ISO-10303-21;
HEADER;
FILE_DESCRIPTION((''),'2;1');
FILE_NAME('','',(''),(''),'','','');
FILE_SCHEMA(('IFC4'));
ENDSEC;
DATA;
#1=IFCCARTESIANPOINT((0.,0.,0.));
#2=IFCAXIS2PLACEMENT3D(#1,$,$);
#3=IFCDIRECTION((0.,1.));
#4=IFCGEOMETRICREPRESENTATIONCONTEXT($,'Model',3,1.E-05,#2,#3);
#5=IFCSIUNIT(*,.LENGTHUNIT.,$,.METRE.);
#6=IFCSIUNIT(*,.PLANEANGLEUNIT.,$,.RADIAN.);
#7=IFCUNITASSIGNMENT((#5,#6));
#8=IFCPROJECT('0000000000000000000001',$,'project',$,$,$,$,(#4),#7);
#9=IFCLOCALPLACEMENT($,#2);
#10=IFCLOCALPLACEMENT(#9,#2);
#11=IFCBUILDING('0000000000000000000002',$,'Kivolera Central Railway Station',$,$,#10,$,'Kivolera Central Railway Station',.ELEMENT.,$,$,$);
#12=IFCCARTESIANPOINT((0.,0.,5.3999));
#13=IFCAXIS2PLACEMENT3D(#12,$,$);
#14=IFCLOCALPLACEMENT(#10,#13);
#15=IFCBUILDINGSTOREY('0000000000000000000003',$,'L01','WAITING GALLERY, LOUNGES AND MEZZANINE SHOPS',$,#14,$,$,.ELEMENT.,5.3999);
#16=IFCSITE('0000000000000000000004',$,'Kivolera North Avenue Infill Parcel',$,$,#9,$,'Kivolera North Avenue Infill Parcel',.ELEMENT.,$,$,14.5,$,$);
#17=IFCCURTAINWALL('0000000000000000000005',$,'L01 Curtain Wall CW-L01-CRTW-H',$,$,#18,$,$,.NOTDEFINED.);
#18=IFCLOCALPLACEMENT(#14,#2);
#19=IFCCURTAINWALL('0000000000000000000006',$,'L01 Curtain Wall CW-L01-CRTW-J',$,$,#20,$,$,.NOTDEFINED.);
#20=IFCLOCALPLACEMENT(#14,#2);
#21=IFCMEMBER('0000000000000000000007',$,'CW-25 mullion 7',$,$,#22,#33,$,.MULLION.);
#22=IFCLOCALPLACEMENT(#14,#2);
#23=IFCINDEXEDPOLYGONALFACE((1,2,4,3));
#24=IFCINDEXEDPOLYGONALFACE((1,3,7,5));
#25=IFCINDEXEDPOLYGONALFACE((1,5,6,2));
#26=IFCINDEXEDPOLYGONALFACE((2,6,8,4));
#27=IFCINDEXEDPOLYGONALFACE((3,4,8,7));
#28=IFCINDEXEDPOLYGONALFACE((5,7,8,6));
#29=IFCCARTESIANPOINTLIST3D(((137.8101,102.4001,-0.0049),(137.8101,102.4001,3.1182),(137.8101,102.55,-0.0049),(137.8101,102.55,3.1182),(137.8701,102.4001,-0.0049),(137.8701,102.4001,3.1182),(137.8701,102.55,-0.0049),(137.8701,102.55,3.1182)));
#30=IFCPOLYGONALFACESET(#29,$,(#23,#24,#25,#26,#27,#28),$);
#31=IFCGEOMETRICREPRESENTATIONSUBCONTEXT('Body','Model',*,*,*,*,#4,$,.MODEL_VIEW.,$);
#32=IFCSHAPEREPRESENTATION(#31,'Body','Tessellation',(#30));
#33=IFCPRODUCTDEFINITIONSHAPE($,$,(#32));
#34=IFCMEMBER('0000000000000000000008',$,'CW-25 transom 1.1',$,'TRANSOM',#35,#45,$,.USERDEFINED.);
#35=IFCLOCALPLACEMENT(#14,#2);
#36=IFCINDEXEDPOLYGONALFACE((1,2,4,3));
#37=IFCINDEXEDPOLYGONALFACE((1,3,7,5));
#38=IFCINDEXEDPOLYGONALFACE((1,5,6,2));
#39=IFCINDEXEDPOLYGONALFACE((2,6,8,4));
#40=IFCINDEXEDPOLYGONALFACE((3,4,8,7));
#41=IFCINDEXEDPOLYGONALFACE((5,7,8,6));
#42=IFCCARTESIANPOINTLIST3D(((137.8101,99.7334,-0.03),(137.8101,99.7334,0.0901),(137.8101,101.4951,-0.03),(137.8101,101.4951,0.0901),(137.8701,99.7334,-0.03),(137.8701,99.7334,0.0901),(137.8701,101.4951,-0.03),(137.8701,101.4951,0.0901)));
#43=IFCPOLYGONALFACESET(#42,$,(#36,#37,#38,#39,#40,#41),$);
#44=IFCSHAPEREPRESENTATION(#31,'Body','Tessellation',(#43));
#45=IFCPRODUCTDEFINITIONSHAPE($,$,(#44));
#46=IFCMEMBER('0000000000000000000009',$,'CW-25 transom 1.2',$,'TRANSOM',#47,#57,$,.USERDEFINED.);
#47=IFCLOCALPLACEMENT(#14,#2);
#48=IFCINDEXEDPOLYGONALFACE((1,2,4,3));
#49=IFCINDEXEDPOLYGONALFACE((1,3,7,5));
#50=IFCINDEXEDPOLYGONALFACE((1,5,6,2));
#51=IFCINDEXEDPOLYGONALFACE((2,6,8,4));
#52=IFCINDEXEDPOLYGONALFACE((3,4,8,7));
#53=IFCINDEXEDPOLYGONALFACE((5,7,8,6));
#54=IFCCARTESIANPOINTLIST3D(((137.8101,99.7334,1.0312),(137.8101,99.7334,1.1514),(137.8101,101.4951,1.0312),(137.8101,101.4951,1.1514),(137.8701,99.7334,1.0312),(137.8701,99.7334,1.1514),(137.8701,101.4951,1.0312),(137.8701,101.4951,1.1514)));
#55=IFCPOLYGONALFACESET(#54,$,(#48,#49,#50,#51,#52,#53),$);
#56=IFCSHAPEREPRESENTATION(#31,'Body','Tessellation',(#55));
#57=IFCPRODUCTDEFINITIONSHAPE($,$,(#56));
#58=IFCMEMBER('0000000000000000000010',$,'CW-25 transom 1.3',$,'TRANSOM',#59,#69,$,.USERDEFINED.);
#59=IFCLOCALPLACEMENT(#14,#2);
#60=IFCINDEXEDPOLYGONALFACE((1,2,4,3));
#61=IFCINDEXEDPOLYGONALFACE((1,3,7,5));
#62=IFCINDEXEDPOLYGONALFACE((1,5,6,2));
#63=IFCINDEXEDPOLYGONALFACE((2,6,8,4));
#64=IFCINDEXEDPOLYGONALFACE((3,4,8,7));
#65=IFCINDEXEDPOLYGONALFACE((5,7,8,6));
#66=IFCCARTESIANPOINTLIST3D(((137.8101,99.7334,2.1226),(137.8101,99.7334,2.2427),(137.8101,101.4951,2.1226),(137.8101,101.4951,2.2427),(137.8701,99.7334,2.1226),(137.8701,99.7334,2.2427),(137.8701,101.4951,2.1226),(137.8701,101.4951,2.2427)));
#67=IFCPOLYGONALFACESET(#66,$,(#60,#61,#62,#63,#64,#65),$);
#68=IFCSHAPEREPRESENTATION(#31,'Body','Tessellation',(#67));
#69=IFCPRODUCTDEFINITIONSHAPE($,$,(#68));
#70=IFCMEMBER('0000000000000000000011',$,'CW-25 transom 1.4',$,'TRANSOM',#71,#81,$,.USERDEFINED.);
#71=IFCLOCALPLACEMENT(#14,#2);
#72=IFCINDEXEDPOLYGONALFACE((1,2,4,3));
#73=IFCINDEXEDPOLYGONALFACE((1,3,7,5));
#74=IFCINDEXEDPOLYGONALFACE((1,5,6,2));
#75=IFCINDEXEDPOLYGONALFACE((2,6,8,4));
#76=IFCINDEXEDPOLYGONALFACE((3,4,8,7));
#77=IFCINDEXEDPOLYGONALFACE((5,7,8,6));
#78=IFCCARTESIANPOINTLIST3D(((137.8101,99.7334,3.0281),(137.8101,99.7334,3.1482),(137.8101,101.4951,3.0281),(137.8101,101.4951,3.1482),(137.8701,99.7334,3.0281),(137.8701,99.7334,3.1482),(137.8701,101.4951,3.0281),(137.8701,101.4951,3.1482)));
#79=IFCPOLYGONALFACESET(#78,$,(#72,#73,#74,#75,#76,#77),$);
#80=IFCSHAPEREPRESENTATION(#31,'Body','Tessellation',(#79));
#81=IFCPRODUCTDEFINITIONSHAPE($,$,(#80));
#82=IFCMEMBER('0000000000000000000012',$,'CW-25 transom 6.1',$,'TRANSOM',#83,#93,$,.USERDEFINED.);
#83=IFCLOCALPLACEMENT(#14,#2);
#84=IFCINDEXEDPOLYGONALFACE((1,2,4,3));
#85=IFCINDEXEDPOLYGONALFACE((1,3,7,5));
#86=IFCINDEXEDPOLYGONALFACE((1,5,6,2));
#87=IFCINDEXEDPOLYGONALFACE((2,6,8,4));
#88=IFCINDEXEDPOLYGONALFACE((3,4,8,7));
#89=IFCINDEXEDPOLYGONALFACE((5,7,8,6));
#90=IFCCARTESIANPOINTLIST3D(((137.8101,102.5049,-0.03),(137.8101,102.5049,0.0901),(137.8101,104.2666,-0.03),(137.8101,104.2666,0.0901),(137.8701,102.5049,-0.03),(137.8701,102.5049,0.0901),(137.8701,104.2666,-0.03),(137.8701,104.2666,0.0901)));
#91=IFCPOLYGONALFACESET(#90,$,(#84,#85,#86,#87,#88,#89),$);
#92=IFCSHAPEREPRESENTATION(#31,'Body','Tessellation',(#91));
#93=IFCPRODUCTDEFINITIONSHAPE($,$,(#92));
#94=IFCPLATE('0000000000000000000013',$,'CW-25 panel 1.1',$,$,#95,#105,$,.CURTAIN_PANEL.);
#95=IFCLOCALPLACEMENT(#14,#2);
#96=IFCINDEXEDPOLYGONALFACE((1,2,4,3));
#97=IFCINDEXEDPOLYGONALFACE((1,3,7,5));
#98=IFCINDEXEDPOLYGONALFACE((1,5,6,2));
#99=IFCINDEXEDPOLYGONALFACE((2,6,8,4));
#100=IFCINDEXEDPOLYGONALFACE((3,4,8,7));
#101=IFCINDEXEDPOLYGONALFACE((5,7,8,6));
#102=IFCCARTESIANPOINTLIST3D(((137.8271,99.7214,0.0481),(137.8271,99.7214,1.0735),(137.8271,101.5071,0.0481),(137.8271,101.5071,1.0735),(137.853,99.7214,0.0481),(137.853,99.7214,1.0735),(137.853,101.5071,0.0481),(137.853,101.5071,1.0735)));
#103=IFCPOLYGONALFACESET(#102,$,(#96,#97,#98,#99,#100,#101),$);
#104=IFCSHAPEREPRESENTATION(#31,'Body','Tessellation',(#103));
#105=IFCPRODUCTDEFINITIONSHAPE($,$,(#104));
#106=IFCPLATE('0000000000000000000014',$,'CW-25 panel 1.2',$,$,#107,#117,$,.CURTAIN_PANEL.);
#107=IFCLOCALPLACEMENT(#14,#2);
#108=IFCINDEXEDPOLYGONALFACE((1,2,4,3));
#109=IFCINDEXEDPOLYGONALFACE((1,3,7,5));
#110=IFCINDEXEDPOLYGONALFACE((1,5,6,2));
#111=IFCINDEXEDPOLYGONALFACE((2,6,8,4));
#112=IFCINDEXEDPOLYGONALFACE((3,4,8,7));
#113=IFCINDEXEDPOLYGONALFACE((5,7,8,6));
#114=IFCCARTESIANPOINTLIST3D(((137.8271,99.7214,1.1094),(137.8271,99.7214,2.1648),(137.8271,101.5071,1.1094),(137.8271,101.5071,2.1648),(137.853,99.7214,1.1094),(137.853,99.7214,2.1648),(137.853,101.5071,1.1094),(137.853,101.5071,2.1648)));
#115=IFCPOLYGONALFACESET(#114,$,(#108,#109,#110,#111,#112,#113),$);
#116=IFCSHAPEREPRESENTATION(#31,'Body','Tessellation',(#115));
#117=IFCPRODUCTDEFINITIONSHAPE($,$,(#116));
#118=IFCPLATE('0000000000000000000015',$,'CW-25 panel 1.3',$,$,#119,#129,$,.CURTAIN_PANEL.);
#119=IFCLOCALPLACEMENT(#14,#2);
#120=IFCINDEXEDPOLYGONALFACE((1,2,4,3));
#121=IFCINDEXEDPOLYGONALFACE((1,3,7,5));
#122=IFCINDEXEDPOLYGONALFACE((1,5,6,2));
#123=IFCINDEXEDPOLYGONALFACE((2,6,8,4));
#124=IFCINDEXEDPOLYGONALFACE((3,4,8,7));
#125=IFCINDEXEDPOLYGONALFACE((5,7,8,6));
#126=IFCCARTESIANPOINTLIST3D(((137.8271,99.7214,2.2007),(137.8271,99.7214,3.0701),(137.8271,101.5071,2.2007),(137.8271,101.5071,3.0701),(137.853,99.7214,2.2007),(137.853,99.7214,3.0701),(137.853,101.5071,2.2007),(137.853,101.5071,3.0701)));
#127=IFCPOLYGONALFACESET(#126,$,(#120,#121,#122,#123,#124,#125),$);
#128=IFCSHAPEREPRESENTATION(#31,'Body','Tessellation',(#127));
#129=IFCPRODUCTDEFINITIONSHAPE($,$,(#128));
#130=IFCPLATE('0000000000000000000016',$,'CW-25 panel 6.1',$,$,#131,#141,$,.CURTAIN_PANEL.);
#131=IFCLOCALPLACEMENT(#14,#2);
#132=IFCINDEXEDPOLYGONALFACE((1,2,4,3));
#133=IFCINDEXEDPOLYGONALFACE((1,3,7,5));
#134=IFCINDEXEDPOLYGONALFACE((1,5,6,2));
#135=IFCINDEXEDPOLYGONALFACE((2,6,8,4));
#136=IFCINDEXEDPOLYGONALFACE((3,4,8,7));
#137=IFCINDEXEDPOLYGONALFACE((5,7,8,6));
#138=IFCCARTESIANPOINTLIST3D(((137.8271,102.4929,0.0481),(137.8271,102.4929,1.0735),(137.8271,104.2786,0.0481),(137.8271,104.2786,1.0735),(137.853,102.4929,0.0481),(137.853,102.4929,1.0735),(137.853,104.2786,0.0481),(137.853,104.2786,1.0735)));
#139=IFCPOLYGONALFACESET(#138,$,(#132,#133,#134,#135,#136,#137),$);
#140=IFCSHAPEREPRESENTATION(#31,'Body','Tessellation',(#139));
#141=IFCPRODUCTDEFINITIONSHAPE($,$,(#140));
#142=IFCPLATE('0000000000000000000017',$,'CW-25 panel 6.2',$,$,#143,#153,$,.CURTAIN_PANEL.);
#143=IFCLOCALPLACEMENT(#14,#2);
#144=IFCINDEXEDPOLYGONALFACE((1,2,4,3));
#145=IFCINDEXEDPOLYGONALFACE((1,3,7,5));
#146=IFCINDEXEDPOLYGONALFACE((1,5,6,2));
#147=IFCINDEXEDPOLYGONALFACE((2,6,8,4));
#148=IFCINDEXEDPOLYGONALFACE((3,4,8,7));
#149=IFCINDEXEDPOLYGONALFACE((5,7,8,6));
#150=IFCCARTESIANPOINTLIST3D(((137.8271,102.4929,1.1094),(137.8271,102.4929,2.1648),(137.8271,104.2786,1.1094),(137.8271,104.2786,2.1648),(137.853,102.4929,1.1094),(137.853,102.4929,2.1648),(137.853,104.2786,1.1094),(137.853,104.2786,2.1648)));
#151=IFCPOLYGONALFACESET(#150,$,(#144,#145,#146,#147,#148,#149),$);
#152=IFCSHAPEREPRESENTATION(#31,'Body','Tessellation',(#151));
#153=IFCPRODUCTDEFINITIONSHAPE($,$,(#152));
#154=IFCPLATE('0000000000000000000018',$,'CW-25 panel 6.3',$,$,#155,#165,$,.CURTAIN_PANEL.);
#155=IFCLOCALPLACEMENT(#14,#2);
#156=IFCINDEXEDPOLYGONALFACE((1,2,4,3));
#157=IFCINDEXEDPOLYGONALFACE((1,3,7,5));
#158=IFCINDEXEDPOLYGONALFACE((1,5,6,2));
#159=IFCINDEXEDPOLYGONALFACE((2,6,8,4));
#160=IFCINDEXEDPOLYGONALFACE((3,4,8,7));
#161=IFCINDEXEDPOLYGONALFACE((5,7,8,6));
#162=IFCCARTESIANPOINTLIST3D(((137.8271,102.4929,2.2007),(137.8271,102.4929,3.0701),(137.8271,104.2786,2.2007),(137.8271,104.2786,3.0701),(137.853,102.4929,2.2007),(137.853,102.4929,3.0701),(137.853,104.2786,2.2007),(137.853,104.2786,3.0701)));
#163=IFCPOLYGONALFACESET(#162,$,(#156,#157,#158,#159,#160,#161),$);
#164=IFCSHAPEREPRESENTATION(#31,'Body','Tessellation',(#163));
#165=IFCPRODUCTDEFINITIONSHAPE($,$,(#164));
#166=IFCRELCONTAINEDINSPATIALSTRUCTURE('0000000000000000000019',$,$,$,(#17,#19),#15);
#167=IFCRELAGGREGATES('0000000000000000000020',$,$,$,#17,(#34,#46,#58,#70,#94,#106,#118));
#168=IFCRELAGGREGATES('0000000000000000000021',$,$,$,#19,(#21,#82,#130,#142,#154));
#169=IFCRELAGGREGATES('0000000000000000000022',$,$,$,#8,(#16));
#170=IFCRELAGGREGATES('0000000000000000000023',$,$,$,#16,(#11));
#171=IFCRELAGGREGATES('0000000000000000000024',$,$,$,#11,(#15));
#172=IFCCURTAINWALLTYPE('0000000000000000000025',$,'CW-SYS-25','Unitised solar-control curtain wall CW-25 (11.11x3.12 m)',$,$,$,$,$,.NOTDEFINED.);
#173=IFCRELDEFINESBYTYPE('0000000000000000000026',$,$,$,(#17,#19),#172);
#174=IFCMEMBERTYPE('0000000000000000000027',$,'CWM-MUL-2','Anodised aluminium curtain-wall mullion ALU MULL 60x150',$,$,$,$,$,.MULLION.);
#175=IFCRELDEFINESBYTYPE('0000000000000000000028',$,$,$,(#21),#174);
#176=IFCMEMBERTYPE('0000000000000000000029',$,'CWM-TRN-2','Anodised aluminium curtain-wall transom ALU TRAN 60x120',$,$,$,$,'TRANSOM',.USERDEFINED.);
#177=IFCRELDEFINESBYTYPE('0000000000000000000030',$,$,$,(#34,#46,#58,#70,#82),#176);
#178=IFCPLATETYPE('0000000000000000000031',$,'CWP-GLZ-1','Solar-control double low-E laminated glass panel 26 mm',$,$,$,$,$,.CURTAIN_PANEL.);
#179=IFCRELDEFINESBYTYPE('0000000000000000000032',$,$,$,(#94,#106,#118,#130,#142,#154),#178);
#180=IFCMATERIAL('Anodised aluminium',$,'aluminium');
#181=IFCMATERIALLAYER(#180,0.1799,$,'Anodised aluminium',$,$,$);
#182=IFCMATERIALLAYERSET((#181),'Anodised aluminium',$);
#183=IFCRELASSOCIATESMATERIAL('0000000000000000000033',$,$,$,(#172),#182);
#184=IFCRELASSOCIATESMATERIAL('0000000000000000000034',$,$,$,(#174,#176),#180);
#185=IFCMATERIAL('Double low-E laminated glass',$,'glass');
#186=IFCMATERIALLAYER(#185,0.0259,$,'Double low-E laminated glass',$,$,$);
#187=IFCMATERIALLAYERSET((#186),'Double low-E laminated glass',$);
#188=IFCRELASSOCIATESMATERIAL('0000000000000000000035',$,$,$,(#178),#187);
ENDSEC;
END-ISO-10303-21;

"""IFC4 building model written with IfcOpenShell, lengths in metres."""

from ifc_helpers import new_model, si_unit, direction, frame, origin, origin_2d, place, context, subcontext, project, spatial, rectangle, extrude, material, layer, layer_set, material_profile, profile_set, type_object, element, aggregate, save


model = new_model("IFC4")

# Units and contexts
model_context = context("Model", 3, precision=1e-05, world=origin(), true_north=direction((0.0, 1.0)))
body_context = subcontext(model_context, "Body", "Model", "MODEL_VIEW")
ifc_project = project(units=[si_unit("LENGTHUNIT", "METRE"), si_unit("PLANEANGLEUNIT", "RADIAN")], contexts=[model_context])

# Site, building, storey
site_placement = place(None, origin())
site = spatial("IfcSite", under=ifc_project, at=site_placement, Name="Kivolera North Avenue Infill Parcel", LongName="Kivolera North Avenue Infill Parcel", CompositionType="ELEMENT", RefElevation=14.5)
building_placement = place(site_placement, origin())
building = spatial("IfcBuilding", under=site, at=building_placement, Name="Kivolera Central Railway Station", LongName="Kivolera Central Railway Station", CompositionType="ELEMENT")
storey_placement = place(building_placement, frame((0.0, 0.0, 5.3999)))
storey = spatial("IfcBuildingStorey", under=building, at=storey_placement, Name="L01", Description="WAITING GALLERY, LOUNGES AND MEZZANINE SHOPS", CompositionType="ELEMENT", Elevation=5.3999)

# Curtain walls, member
ifc_material_1 = material(Name="Anodised aluminium", Category="aluminium")
ifc_layer_1 = layer(ifc_material_1, 0.1799, Name="Anodised aluminium")
ifc_layer_set_1 = layer_set([ifc_layer_1], Name="Anodised aluminium")
curtain_wall_type = type_object("IfcCurtainWallType", Name="CW-SYS-25", Description="Unitised solar-control curtain wall CW-25 (11.11x3.12 m)", PredefinedType="NOTDEFINED", material=ifc_layer_set_1)
curtain_wall_1_placement = place(storey_placement, origin())
curtain_wall_1 = element("IfcCurtainWall", 1, at=curtain_wall_1_placement, inside=storey, type_object=curtain_wall_type, Name="L01 Curtain Wall CW-L01-CRTW-H", PredefinedType="NOTDEFINED")
ifc_material_profile_1 = material_profile(ifc_material_1, rectangle(XDim=0.0601, YDim=0.1499, at=origin_2d()), Name="ALU MULL 60x150")
ifc_profile_set_1 = profile_set([ifc_material_profile_1], Name="Anodised aluminium")
member_type_1 = type_object("IfcMemberType", Name="CWM-MUL-2", Description="Anodised aluminium curtain-wall mullion ALU MULL 60x150", PredefinedType="MULLION", material=ifc_profile_set_1)
curtain_wall_2_placement = place(storey_placement, origin())
curtain_wall_2 = element("IfcCurtainWall", 2, at=curtain_wall_2_placement, inside=storey, type_object=curtain_wall_type, Name="L01 Curtain Wall CW-L01-CRTW-J", PredefinedType="NOTDEFINED")
member_1_placement = place(storey_placement, frame((137.8401, 102.4751, -0.0049), z_axis=(0.0, 0.0, 1.0), x_axis=(1.0, 0.0, 0.0)))
member_1 = element("IfcMember", 3, at=member_1_placement, type_object=member_type_1, Name="CW-25 mullion 7", PredefinedType="MULLION", context=body_context, shape_type="SweptSolid", body=[
    extrude(rectangle(XDim=0.0601, YDim=0.1499, at=origin_2d()), origin(), (0.0, 0.0, 1.0), 3.123),
])

# Members
ifc_material_profile_2 = material_profile(ifc_material_1, rectangle(XDim=0.0601, YDim=0.1201, at=origin_2d()), Name="ALU TRAN 60x120")
ifc_profile_set_2 = profile_set([ifc_material_profile_2], Name="Anodised aluminium")
member_type_2 = type_object("IfcMemberType", Name="CWM-TRN-2", Description="Anodised aluminium curtain-wall transom ALU TRAN 60x120", ElementType="TRANSOM", PredefinedType="USERDEFINED", material=ifc_profile_set_2)
member_2_placement = place(storey_placement, frame((137.8401, 101.4951, 0.03), z_axis=(0.0, -1.0, 0.0), x_axis=(1.0, 0.0, 0.0)))
member_2 = element("IfcMember", 4, at=member_2_placement, type_object=member_type_2, Name="CW-25 transom 1.1", ObjectType="TRANSOM", PredefinedType="USERDEFINED", context=body_context, shape_type="SweptSolid", body=[
    extrude(rectangle(XDim=0.0601, YDim=0.1201, at=origin_2d()), origin(), (0.0, 0.0, 1.0), 1.7617),
])
member_3_placement = place(storey_placement, frame((137.8401, 101.4951, 1.0913), z_axis=(0.0, -1.0, 0.0), x_axis=(1.0, 0.0, 0.0)))
member_3 = element("IfcMember", 5, at=member_3_placement, type_object=member_type_2, Name="CW-25 transom 1.2", ObjectType="TRANSOM", PredefinedType="USERDEFINED", context=body_context, shape_type="SweptSolid", body=[
    extrude(rectangle(XDim=0.0601, YDim=0.1201, at=origin_2d()), origin(), (0.0, 0.0, 1.0), 1.7617),
])
member_4_placement = place(storey_placement, frame((137.8401, 101.4951, 2.1826), z_axis=(0.0, -1.0, 0.0), x_axis=(1.0, 0.0, 0.0)))
member_4 = element("IfcMember", 6, at=member_4_placement, type_object=member_type_2, Name="CW-25 transom 1.3", ObjectType="TRANSOM", PredefinedType="USERDEFINED", context=body_context, shape_type="SweptSolid", body=[
    extrude(rectangle(XDim=0.0601, YDim=0.1201, at=origin_2d()), origin(), (0.0, 0.0, 1.0), 1.7617),
])
member_5_placement = place(storey_placement, frame((137.8401, 101.4951, 3.0881), z_axis=(0.0, -1.0, 0.0), x_axis=(1.0, 0.0, 0.0)))
member_5 = element("IfcMember", 7, at=member_5_placement, type_object=member_type_2, Name="CW-25 transom 1.4", ObjectType="TRANSOM", PredefinedType="USERDEFINED", context=body_context, shape_type="SweptSolid", body=[
    extrude(rectangle(XDim=0.0601, YDim=0.1201, at=origin_2d()), origin(), (0.0, 0.0, 1.0), 1.7617),
])
member_6_placement = place(storey_placement, frame((137.8401, 104.2666, 0.03), z_axis=(0.0, -1.0, 0.0), x_axis=(1.0, 0.0, 0.0)))
member_6 = element("IfcMember", 8, at=member_6_placement, type_object=member_type_2, Name="CW-25 transom 6.1", ObjectType="TRANSOM", PredefinedType="USERDEFINED", context=body_context, shape_type="SweptSolid", body=[
    extrude(rectangle(XDim=0.0601, YDim=0.1201, at=origin_2d()), origin(), (0.0, 0.0, 1.0), 1.7617),
])

# Plates
ifc_material_2 = material(Name="Double low-E laminated glass", Category="glass")
ifc_layer_2 = layer(ifc_material_2, 0.0259, Name="Double low-E laminated glass")
ifc_layer_set_2 = layer_set([ifc_layer_2], Name="Double low-E laminated glass")
plate_type = type_object("IfcPlateType", Name="CWP-GLZ-1", Description="Solar-control double low-E laminated glass panel 26 mm", PredefinedType="CURTAIN_PANEL", material=ifc_layer_set_2)
plate_1_placement = place(storey_placement, frame((137.8401, 100.6143, 0.0481), z_axis=(0.0, 0.0, 1.0), x_axis=(0.0, -1.0, 0.0)))
plate_1 = element("IfcPlate", 9, at=plate_1_placement, type_object=plate_type, Name="CW-25 panel 1.1", PredefinedType="CURTAIN_PANEL", context=body_context, shape_type="SweptSolid", body=[
    extrude(rectangle(XDim=1.7856, YDim=0.0259, at=origin_2d()), origin(), (0.0, 0.0, 1.0), 1.0254),
])
plate_2_placement = place(storey_placement, frame((137.8401, 100.6143, 1.1094), z_axis=(0.0, 0.0, 1.0), x_axis=(0.0, -1.0, 0.0)))
plate_2 = element("IfcPlate", 10, at=plate_2_placement, type_object=plate_type, Name="CW-25 panel 1.2", PredefinedType="CURTAIN_PANEL", context=body_context, shape_type="SweptSolid", body=[
    extrude(rectangle(XDim=1.7856, YDim=0.0259, at=origin_2d()), origin(), (0.0, 0.0, 1.0), 1.0554),
])
plate_3_placement = place(storey_placement, frame((137.8401, 100.6143, 2.2007), z_axis=(0.0, 0.0, 1.0), x_axis=(0.0, -1.0, 0.0)))
plate_3 = element("IfcPlate", 11, at=plate_3_placement, type_object=plate_type, Name="CW-25 panel 1.3", PredefinedType="CURTAIN_PANEL", context=body_context, shape_type="SweptSolid", body=[
    extrude(rectangle(XDim=1.7856, YDim=0.0259, at=origin_2d()), origin(), (0.0, 0.0, 1.0), 0.8694),
])
aggregate(curtain_wall_1, [member_2, member_3, member_4, member_5, plate_1, plate_2, plate_3])
plate_4_placement = place(storey_placement, frame((137.8401, 103.3857, 0.0481), z_axis=(0.0, 0.0, 1.0), x_axis=(0.0, -1.0, 0.0)))
plate_4 = element("IfcPlate", 12, at=plate_4_placement, type_object=plate_type, Name="CW-25 panel 6.1", PredefinedType="CURTAIN_PANEL", context=body_context, shape_type="SweptSolid", body=[
    extrude(rectangle(XDim=1.7856, YDim=0.0259, at=origin_2d()), origin(), (0.0, 0.0, 1.0), 1.0254),
])
plate_5_placement = place(storey_placement, frame((137.8401, 103.3857, 1.1094), z_axis=(0.0, 0.0, 1.0), x_axis=(0.0, -1.0, 0.0)))
plate_5 = element("IfcPlate", 13, at=plate_5_placement, type_object=plate_type, Name="CW-25 panel 6.2", PredefinedType="CURTAIN_PANEL", context=body_context, shape_type="SweptSolid", body=[
    extrude(rectangle(XDim=1.7856, YDim=0.0259, at=origin_2d()), origin(), (0.0, 0.0, 1.0), 1.0554),
])
plate_6_placement = place(storey_placement, frame((137.8401, 103.3857, 2.2007), z_axis=(0.0, 0.0, 1.0), x_axis=(0.0, -1.0, 0.0)))
plate_6 = element("IfcPlate", 14, at=plate_6_placement, type_object=plate_type, Name="CW-25 panel 6.3", PredefinedType="CURTAIN_PANEL", context=body_context, shape_type="SweptSolid", body=[
    extrude(rectangle(XDim=1.7856, YDim=0.0259, at=origin_2d()), origin(), (0.0, 0.0, 1.0), 0.8694),
])
aggregate(curtain_wall_2, [member_1, member_6, plate_4, plate_5, plate_6])

save(model, "model.ifc")
